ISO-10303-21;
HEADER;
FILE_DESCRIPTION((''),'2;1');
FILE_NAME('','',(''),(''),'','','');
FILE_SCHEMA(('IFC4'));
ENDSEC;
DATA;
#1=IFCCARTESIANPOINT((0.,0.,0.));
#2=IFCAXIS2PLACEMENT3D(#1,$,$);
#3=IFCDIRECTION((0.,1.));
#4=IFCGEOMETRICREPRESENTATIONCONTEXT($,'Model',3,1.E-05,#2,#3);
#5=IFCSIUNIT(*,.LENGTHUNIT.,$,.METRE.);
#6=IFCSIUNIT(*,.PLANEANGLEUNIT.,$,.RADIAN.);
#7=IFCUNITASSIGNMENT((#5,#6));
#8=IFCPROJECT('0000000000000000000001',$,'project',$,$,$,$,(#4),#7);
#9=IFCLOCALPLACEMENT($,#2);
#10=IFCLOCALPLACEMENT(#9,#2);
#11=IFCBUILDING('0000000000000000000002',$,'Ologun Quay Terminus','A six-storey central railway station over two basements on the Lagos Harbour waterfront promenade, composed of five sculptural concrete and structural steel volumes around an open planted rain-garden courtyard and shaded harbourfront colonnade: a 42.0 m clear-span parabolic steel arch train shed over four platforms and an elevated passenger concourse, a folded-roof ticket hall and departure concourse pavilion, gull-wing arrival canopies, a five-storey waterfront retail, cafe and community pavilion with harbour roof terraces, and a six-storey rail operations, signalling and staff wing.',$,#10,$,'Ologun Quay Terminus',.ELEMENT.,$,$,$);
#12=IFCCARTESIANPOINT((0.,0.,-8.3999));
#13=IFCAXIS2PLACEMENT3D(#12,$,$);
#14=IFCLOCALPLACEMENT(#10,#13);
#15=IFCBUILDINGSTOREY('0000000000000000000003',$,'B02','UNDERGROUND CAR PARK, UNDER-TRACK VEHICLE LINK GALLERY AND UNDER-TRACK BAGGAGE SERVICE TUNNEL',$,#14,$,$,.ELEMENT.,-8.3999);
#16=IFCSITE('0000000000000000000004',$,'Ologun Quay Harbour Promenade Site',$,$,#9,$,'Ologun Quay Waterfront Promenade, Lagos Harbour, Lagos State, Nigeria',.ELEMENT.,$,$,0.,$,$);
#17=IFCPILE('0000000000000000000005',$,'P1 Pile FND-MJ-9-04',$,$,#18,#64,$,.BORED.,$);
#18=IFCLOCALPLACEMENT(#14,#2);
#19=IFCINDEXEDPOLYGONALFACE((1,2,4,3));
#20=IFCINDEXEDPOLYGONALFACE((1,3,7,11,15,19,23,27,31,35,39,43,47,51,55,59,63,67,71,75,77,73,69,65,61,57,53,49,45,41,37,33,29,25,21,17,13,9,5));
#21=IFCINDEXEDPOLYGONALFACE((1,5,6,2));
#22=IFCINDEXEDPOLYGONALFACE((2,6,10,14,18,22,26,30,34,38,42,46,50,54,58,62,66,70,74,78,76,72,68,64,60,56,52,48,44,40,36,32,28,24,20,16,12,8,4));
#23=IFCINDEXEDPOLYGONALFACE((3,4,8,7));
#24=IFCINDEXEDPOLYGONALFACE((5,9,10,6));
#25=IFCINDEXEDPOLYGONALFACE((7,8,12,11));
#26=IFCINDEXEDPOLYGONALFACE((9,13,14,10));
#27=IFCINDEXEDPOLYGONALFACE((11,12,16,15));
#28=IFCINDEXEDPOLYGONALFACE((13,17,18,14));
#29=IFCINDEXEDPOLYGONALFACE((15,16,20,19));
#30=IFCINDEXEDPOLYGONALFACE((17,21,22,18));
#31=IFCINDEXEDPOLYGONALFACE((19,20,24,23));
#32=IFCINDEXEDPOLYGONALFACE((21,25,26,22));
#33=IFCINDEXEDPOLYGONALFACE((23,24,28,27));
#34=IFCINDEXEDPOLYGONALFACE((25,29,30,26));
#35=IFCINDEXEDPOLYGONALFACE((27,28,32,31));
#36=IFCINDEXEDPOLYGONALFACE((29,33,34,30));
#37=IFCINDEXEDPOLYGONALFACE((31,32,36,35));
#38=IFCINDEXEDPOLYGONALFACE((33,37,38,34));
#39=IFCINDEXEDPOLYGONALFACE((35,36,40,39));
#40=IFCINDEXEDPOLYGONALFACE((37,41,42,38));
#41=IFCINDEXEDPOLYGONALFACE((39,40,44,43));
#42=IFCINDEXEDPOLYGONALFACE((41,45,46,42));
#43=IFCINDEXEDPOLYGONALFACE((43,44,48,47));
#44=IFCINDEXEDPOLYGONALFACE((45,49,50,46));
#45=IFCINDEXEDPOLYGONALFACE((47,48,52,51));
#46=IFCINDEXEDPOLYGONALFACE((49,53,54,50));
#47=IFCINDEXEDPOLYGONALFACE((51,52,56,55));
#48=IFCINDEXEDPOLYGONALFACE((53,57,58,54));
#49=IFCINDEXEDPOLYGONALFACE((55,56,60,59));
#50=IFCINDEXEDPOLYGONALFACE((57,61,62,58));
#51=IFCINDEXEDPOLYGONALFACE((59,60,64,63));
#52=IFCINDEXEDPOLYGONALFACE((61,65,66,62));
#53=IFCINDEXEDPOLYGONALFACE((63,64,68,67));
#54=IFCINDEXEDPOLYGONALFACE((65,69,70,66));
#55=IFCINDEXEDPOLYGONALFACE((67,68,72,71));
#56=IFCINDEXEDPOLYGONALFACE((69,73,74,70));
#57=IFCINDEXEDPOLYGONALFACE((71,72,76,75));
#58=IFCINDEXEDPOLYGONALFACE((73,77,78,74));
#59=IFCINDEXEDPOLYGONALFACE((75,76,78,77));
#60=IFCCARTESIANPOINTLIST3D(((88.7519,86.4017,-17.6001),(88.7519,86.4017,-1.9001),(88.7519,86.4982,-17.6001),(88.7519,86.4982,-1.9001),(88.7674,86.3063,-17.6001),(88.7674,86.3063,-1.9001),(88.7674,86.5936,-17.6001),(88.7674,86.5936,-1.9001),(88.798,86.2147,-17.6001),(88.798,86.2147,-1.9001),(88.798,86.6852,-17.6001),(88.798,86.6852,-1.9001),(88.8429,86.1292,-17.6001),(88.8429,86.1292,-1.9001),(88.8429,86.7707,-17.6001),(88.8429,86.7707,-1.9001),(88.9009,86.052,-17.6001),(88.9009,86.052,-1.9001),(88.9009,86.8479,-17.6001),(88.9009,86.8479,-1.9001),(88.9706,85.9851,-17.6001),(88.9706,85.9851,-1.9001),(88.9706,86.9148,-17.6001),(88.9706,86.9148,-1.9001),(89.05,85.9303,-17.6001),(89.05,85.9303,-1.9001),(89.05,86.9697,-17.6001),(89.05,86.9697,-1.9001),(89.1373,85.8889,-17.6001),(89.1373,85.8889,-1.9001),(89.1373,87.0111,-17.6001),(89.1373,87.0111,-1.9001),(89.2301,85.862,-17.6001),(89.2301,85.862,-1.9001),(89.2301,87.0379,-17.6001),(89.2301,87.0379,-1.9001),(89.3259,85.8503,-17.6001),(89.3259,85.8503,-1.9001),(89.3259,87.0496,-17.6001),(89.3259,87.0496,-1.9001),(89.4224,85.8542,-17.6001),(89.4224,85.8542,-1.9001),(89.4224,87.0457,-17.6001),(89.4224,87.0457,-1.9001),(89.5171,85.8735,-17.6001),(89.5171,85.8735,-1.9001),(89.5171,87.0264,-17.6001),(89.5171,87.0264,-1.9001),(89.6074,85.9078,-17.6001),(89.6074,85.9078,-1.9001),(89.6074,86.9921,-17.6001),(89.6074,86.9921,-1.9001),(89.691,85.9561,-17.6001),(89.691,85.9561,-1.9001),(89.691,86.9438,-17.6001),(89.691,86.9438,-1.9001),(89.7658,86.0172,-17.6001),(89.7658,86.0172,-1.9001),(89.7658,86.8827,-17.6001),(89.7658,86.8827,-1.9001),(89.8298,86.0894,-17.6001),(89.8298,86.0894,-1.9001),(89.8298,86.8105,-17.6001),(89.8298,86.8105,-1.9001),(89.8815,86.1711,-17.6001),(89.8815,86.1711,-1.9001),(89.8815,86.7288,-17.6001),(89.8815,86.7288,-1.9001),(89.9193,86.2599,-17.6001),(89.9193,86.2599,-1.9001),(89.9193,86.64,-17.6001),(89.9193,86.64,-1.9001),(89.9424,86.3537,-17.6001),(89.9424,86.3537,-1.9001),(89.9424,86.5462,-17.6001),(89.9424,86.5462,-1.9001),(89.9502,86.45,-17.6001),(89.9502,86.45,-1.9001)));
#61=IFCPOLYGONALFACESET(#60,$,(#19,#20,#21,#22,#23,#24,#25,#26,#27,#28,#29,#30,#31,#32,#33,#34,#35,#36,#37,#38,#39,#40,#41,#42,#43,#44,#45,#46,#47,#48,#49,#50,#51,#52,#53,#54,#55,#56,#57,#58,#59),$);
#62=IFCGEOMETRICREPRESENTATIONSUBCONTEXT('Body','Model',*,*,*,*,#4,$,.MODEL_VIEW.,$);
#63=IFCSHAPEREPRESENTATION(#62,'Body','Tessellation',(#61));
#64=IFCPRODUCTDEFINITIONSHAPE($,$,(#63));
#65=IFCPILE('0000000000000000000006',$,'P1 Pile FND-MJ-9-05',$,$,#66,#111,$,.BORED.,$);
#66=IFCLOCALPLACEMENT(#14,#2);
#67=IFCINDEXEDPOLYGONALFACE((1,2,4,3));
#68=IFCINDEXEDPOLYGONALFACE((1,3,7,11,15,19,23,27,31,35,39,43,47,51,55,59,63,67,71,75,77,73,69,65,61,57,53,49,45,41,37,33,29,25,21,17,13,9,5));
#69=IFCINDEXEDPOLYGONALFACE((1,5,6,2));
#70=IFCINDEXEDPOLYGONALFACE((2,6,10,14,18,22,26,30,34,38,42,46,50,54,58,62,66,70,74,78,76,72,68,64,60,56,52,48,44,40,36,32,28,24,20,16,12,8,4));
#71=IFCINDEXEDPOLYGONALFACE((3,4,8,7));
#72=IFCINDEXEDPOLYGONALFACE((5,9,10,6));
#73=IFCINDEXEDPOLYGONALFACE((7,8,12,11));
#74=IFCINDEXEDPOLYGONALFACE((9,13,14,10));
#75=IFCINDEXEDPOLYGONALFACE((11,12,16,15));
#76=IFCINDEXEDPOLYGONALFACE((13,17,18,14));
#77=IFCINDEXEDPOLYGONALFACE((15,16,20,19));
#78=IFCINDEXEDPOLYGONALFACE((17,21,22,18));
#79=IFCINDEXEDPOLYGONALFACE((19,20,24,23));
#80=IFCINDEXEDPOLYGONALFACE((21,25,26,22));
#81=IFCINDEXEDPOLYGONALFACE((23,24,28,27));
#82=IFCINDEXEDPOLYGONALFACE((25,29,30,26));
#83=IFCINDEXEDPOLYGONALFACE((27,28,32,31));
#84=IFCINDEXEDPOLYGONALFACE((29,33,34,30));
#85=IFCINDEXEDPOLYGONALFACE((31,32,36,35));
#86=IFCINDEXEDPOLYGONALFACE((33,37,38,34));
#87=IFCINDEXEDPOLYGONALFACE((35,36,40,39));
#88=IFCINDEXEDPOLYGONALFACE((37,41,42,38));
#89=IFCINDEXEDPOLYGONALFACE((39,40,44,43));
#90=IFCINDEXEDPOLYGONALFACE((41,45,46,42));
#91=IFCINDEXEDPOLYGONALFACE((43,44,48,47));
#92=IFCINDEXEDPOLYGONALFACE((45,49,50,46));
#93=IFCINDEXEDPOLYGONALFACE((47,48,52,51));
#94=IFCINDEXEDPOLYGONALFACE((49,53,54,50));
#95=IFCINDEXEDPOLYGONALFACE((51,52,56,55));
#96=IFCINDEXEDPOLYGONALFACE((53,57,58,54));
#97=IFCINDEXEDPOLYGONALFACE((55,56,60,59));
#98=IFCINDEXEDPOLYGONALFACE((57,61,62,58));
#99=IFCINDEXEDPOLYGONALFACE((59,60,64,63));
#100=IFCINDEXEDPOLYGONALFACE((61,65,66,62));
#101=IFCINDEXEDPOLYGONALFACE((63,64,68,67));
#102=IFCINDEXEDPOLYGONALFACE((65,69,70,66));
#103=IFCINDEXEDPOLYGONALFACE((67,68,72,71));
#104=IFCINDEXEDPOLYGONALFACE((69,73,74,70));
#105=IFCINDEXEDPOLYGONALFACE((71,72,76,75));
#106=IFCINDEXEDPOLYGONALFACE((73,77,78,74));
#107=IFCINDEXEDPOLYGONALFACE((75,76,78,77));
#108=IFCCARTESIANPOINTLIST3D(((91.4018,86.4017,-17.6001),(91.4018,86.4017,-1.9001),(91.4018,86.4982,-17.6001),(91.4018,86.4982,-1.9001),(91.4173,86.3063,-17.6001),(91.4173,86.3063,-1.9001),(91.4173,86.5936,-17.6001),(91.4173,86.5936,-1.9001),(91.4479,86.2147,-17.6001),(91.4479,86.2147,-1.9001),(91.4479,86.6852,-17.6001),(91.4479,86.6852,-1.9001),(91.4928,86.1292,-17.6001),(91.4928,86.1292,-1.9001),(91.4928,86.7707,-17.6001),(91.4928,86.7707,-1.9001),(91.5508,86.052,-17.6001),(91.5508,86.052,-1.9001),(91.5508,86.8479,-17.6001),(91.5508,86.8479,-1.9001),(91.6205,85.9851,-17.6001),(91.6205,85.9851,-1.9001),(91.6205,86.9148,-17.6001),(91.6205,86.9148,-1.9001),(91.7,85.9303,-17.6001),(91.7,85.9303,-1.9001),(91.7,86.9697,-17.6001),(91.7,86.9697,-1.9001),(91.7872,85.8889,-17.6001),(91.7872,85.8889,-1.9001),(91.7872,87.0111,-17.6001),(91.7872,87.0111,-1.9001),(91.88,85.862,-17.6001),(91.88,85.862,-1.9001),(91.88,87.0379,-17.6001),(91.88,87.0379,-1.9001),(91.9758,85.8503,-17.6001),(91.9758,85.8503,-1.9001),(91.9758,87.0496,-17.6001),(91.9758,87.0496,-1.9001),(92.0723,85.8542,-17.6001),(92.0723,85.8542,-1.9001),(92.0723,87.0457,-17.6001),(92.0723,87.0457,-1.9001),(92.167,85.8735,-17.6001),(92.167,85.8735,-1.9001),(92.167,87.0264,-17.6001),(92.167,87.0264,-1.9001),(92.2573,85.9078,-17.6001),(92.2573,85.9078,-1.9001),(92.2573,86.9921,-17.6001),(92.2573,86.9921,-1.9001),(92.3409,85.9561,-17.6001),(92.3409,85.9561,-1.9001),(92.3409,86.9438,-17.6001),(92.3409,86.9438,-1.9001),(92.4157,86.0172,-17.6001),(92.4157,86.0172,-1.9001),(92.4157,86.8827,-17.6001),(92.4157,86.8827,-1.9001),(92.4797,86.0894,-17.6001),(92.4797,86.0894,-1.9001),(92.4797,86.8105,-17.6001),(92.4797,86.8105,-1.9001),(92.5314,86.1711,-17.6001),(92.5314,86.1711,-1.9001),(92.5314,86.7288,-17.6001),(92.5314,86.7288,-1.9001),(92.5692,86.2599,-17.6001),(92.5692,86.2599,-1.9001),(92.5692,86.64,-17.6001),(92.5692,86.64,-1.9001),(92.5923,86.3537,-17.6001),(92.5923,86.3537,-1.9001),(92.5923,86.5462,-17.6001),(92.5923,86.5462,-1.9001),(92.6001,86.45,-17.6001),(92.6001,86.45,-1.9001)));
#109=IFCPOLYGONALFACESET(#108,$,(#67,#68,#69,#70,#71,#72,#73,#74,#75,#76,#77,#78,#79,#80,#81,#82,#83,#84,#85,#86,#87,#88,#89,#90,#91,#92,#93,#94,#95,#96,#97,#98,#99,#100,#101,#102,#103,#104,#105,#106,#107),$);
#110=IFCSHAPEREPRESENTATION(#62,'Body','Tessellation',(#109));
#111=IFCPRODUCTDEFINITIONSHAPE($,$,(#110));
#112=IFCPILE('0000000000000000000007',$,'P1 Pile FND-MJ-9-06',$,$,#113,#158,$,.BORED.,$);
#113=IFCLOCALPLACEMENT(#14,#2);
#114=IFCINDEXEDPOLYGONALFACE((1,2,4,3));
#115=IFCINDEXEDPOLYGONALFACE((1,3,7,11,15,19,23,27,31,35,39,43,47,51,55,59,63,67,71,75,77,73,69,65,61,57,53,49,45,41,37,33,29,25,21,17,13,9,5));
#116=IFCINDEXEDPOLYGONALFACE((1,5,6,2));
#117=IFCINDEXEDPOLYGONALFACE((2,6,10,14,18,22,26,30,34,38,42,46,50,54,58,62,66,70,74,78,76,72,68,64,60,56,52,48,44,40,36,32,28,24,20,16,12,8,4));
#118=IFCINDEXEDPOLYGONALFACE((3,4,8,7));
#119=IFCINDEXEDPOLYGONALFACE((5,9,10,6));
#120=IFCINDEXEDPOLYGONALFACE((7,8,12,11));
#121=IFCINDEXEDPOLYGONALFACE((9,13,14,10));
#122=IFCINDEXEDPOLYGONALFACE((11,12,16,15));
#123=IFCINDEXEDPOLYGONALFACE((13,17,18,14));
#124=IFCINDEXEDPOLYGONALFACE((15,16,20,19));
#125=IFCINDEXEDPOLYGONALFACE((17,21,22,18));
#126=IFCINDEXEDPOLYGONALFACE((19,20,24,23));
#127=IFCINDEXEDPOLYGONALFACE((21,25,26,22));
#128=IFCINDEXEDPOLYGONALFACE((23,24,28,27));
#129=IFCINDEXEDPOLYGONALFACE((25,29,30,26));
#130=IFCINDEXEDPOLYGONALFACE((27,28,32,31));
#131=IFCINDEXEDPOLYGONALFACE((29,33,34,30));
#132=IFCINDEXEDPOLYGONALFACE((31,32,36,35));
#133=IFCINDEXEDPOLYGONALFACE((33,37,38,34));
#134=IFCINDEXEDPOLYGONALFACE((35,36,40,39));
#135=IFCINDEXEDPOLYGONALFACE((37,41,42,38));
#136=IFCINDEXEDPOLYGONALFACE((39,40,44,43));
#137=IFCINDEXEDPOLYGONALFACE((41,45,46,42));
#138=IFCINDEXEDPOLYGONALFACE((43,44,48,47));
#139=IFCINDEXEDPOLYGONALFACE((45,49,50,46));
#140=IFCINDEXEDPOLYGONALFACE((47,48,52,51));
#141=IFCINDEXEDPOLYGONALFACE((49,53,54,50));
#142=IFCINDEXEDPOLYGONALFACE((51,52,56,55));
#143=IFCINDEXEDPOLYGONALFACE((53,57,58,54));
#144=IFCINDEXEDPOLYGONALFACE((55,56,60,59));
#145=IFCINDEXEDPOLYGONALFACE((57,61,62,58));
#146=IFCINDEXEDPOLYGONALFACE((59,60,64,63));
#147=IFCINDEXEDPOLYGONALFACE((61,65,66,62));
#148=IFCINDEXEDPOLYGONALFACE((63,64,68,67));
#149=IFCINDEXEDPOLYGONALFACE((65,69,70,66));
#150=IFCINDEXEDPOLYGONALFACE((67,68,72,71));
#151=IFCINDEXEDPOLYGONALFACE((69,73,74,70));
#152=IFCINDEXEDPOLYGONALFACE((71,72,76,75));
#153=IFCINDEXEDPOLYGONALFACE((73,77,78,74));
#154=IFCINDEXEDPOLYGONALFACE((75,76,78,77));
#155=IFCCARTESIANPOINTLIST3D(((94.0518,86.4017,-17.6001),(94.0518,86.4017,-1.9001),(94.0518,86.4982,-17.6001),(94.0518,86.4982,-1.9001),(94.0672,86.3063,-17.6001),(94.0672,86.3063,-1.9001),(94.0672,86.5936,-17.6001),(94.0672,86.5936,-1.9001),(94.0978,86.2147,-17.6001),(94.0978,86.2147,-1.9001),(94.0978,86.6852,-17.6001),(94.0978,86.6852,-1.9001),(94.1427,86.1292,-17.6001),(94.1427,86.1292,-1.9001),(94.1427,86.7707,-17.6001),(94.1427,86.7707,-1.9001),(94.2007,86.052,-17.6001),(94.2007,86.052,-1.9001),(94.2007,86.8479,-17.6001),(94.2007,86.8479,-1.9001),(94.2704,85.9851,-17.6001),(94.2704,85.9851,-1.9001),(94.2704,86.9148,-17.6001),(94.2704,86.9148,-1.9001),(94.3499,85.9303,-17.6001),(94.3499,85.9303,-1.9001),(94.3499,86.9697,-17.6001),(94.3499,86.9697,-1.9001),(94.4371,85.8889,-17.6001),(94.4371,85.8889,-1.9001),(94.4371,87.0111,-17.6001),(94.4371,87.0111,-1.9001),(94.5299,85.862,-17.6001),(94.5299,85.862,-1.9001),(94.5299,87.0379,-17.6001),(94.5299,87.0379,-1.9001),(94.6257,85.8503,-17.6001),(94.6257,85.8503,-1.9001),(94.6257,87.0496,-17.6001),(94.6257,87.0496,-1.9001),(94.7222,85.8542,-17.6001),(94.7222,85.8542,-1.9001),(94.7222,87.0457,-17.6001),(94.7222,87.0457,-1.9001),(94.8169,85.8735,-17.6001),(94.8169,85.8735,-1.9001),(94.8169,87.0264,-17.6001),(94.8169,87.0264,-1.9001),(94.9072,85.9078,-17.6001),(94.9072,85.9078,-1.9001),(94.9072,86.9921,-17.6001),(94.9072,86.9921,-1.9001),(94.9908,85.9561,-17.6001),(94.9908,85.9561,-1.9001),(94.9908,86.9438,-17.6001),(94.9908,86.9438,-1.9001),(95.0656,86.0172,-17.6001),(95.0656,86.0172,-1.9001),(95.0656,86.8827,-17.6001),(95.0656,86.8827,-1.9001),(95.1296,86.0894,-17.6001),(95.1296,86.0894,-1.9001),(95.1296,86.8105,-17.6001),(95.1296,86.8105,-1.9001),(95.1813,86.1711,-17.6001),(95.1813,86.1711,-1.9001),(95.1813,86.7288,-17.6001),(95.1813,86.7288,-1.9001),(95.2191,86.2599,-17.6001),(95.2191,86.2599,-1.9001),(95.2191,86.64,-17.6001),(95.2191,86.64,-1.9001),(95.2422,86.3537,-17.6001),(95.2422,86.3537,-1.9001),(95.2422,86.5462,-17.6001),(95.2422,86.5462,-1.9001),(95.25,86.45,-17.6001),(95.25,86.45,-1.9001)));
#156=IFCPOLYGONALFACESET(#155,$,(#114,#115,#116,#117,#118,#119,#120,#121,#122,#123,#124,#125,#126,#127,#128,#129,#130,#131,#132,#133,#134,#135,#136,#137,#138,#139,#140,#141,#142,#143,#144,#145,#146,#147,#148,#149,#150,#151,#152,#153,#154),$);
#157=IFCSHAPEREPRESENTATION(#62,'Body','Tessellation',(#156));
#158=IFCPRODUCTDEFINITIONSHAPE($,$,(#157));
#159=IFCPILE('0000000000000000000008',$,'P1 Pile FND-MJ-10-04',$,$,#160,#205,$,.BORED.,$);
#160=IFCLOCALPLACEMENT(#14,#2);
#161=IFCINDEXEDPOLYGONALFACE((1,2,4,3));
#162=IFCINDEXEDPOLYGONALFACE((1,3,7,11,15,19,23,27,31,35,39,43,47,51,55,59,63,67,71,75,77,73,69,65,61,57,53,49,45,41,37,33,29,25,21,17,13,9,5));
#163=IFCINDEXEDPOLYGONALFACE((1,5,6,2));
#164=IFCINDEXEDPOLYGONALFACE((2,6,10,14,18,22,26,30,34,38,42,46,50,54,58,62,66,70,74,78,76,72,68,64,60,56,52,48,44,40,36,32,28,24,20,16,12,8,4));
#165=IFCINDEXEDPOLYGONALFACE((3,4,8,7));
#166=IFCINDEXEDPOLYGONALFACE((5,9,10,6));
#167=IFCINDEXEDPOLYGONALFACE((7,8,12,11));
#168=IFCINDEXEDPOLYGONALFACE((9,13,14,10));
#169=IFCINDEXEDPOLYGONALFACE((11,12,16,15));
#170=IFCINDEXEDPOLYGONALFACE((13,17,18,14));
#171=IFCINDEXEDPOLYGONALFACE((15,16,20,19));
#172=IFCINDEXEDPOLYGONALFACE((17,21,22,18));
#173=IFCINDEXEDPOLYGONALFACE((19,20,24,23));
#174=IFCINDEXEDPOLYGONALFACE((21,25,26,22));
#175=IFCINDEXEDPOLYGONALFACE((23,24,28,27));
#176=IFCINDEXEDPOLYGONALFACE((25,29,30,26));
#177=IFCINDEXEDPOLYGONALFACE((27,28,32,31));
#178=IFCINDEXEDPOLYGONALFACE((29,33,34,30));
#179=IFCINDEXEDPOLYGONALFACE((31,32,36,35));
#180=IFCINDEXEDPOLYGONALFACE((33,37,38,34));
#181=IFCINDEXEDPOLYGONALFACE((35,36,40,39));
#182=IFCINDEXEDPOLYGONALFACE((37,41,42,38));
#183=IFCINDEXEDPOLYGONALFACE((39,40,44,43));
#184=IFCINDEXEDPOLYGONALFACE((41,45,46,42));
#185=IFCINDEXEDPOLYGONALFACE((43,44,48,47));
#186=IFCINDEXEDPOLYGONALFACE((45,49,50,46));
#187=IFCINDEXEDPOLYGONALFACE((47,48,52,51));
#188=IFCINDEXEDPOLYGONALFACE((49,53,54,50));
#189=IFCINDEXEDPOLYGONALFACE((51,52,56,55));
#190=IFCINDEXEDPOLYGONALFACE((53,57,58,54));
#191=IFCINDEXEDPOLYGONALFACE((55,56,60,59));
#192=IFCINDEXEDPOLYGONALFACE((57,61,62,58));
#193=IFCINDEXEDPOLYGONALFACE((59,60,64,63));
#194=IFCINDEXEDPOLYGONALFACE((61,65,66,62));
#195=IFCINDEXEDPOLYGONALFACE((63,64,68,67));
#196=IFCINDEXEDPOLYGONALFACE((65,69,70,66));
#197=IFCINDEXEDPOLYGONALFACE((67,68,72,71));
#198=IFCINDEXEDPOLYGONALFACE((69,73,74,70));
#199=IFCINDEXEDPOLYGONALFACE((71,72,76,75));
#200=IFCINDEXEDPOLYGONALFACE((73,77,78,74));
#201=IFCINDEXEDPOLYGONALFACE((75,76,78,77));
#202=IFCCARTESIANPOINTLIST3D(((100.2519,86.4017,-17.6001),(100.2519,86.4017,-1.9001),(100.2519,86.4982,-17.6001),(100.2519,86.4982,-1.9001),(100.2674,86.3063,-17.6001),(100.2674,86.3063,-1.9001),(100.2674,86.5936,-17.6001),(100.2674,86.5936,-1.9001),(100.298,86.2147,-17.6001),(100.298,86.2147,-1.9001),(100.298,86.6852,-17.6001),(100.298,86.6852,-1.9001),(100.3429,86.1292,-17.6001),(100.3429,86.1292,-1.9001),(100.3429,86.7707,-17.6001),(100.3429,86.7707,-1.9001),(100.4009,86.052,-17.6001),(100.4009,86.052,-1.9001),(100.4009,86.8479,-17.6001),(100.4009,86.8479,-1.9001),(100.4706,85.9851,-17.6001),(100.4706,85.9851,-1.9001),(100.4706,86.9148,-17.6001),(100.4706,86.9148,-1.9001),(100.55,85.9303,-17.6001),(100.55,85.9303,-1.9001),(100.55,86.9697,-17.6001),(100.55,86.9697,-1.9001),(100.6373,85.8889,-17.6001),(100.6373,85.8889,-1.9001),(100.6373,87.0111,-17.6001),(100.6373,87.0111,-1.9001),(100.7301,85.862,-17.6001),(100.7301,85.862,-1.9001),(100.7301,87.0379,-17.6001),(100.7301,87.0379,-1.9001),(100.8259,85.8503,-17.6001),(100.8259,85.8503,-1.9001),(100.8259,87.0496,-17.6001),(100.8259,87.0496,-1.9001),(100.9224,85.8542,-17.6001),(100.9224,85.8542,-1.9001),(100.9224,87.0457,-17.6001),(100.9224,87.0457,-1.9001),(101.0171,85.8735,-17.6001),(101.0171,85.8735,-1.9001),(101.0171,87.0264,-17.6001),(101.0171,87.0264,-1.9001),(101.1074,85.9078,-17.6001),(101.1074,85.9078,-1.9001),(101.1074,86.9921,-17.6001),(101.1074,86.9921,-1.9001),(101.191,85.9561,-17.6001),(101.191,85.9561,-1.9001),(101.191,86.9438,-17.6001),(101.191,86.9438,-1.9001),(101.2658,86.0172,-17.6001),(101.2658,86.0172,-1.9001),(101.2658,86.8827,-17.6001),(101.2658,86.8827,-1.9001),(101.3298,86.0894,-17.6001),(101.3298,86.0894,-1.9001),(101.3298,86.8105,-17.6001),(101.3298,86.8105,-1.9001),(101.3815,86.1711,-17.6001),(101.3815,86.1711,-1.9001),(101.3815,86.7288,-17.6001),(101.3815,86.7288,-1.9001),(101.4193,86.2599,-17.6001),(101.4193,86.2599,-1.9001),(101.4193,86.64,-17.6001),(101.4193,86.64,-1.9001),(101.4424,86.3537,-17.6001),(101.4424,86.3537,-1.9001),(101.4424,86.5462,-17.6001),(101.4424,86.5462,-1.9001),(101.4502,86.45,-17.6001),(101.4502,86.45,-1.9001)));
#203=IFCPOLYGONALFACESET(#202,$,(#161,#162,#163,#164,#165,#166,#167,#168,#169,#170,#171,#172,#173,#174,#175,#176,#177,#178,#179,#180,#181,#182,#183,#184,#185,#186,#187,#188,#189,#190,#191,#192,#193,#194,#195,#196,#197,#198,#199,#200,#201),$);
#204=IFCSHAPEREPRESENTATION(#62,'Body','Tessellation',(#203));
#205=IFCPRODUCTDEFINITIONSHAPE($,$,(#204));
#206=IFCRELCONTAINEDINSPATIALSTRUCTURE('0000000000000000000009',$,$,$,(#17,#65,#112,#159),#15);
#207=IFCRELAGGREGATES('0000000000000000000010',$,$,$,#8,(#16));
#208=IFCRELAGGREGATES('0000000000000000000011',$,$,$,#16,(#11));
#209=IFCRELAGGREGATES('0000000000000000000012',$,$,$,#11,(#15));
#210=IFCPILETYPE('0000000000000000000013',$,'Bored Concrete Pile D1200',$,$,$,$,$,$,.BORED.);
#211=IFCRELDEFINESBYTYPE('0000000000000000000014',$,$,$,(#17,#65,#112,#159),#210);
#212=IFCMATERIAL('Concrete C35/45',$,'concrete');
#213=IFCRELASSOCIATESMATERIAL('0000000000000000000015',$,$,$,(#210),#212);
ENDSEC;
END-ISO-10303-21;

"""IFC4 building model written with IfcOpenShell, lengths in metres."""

from ifc_helpers import new_model, si_unit, direction, frame, origin, origin_2d, place, context, subcontext, project, spatial, circle, extrude, material, material_profile, profile_set, type_object, element, save


model = new_model("IFC4")

# Units and contexts
model_context = context("Model", 3, precision=1e-05, world=origin(), true_north=direction((0.0, 1.0)))
body_context = subcontext(model_context, "Body", "Model", "MODEL_VIEW")
ifc_project = project(units=[si_unit("LENGTHUNIT", "METRE"), si_unit("PLANEANGLEUNIT", "RADIAN")], contexts=[model_context])

# Site, building, storey
site_placement = place(None, origin())
site = spatial("IfcSite", under=ifc_project, at=site_placement, Name="Ologun Quay Harbour Promenade Site", LongName="Ologun Quay Waterfront Promenade, Lagos Harbour, Lagos State, Nigeria", CompositionType="ELEMENT", RefElevation=0.0)
building_placement = place(site_placement, origin())
building = spatial("IfcBuilding", under=site, at=building_placement, Name="Ologun Quay Terminus", Description="A six-storey central railway station over two basements on the Lagos Harbour waterfront promenade, composed of five sculptural concrete and structural steel volumes around an open planted rain-garden courtyard and shaded harbourfront colonnade: a 42.0 m clear-span parabolic steel arch train shed over four platforms and an elevated passenger concourse, a folded-roof ticket hall and departure concourse pavilion, gull-wing arrival canopies, a five-storey waterfront retail, cafe and community pavilion with harbour roof terraces, and a six-storey rail operations, signalling and staff wing.", LongName="Ologun Quay Terminus", CompositionType="ELEMENT")
storey_placement = place(building_placement, frame((0.0, 0.0, -8.3999)))
storey = spatial("IfcBuildingStorey", under=building, at=storey_placement, Name="B02", Description="UNDERGROUND CAR PARK, UNDER-TRACK VEHICLE LINK GALLERY AND UNDER-TRACK BAGGAGE SERVICE TUNNEL", CompositionType="ELEMENT", Elevation=-8.3999)

# Piles
ifc_material_1 = material(Name="Concrete C35/45", Category="concrete")
ifc_material_profile_1 = material_profile(ifc_material_1, circle(Radius=0.6001, at=origin_2d()), Name="PILE D1200")
ifc_profile_set_1 = profile_set([ifc_material_profile_1], Name="Concrete C35/45")
pile_type = type_object("IfcPileType", Name="Bored Concrete Pile D1200", PredefinedType="BORED", material=ifc_profile_set_1)
for number, where, z_axis, x_axis, name in (
    (1, (89.3501, 86.45, -1.9001), (0.0, 0.0, -1.0), (1.0, 0.0, 0.0), "P1 Pile FND-MJ-9-04"),
    (2, (92.0, 86.45, -1.9001), (0.0, 0.0, -1.0), (1.0, 0.0, 0.0), "P1 Pile FND-MJ-9-05"),
    (3, (94.6499, 86.45, -1.9001), (0.0, 0.0, -1.0), (1.0, 0.0, 0.0), "P1 Pile FND-MJ-9-06"),
    (4, (100.8501, 86.45, -1.9001), (0.0, 0.0, -1.0), (1.0, 0.0, 0.0), "P1 Pile FND-MJ-10-04"),
):
    element("IfcPile", number, at=place(storey_placement, frame(where, z_axis=z_axis, x_axis=x_axis)), inside=storey, type_object=pile_type, Name=name, PredefinedType="BORED", context=body_context, shape_type="SweptSolid", body=[
        extrude(circle(Radius=0.6001, at=origin_2d()), origin(), (0.0, 0.0, 1.0), 15.7),
    ])

save(model, "model.ifc")
